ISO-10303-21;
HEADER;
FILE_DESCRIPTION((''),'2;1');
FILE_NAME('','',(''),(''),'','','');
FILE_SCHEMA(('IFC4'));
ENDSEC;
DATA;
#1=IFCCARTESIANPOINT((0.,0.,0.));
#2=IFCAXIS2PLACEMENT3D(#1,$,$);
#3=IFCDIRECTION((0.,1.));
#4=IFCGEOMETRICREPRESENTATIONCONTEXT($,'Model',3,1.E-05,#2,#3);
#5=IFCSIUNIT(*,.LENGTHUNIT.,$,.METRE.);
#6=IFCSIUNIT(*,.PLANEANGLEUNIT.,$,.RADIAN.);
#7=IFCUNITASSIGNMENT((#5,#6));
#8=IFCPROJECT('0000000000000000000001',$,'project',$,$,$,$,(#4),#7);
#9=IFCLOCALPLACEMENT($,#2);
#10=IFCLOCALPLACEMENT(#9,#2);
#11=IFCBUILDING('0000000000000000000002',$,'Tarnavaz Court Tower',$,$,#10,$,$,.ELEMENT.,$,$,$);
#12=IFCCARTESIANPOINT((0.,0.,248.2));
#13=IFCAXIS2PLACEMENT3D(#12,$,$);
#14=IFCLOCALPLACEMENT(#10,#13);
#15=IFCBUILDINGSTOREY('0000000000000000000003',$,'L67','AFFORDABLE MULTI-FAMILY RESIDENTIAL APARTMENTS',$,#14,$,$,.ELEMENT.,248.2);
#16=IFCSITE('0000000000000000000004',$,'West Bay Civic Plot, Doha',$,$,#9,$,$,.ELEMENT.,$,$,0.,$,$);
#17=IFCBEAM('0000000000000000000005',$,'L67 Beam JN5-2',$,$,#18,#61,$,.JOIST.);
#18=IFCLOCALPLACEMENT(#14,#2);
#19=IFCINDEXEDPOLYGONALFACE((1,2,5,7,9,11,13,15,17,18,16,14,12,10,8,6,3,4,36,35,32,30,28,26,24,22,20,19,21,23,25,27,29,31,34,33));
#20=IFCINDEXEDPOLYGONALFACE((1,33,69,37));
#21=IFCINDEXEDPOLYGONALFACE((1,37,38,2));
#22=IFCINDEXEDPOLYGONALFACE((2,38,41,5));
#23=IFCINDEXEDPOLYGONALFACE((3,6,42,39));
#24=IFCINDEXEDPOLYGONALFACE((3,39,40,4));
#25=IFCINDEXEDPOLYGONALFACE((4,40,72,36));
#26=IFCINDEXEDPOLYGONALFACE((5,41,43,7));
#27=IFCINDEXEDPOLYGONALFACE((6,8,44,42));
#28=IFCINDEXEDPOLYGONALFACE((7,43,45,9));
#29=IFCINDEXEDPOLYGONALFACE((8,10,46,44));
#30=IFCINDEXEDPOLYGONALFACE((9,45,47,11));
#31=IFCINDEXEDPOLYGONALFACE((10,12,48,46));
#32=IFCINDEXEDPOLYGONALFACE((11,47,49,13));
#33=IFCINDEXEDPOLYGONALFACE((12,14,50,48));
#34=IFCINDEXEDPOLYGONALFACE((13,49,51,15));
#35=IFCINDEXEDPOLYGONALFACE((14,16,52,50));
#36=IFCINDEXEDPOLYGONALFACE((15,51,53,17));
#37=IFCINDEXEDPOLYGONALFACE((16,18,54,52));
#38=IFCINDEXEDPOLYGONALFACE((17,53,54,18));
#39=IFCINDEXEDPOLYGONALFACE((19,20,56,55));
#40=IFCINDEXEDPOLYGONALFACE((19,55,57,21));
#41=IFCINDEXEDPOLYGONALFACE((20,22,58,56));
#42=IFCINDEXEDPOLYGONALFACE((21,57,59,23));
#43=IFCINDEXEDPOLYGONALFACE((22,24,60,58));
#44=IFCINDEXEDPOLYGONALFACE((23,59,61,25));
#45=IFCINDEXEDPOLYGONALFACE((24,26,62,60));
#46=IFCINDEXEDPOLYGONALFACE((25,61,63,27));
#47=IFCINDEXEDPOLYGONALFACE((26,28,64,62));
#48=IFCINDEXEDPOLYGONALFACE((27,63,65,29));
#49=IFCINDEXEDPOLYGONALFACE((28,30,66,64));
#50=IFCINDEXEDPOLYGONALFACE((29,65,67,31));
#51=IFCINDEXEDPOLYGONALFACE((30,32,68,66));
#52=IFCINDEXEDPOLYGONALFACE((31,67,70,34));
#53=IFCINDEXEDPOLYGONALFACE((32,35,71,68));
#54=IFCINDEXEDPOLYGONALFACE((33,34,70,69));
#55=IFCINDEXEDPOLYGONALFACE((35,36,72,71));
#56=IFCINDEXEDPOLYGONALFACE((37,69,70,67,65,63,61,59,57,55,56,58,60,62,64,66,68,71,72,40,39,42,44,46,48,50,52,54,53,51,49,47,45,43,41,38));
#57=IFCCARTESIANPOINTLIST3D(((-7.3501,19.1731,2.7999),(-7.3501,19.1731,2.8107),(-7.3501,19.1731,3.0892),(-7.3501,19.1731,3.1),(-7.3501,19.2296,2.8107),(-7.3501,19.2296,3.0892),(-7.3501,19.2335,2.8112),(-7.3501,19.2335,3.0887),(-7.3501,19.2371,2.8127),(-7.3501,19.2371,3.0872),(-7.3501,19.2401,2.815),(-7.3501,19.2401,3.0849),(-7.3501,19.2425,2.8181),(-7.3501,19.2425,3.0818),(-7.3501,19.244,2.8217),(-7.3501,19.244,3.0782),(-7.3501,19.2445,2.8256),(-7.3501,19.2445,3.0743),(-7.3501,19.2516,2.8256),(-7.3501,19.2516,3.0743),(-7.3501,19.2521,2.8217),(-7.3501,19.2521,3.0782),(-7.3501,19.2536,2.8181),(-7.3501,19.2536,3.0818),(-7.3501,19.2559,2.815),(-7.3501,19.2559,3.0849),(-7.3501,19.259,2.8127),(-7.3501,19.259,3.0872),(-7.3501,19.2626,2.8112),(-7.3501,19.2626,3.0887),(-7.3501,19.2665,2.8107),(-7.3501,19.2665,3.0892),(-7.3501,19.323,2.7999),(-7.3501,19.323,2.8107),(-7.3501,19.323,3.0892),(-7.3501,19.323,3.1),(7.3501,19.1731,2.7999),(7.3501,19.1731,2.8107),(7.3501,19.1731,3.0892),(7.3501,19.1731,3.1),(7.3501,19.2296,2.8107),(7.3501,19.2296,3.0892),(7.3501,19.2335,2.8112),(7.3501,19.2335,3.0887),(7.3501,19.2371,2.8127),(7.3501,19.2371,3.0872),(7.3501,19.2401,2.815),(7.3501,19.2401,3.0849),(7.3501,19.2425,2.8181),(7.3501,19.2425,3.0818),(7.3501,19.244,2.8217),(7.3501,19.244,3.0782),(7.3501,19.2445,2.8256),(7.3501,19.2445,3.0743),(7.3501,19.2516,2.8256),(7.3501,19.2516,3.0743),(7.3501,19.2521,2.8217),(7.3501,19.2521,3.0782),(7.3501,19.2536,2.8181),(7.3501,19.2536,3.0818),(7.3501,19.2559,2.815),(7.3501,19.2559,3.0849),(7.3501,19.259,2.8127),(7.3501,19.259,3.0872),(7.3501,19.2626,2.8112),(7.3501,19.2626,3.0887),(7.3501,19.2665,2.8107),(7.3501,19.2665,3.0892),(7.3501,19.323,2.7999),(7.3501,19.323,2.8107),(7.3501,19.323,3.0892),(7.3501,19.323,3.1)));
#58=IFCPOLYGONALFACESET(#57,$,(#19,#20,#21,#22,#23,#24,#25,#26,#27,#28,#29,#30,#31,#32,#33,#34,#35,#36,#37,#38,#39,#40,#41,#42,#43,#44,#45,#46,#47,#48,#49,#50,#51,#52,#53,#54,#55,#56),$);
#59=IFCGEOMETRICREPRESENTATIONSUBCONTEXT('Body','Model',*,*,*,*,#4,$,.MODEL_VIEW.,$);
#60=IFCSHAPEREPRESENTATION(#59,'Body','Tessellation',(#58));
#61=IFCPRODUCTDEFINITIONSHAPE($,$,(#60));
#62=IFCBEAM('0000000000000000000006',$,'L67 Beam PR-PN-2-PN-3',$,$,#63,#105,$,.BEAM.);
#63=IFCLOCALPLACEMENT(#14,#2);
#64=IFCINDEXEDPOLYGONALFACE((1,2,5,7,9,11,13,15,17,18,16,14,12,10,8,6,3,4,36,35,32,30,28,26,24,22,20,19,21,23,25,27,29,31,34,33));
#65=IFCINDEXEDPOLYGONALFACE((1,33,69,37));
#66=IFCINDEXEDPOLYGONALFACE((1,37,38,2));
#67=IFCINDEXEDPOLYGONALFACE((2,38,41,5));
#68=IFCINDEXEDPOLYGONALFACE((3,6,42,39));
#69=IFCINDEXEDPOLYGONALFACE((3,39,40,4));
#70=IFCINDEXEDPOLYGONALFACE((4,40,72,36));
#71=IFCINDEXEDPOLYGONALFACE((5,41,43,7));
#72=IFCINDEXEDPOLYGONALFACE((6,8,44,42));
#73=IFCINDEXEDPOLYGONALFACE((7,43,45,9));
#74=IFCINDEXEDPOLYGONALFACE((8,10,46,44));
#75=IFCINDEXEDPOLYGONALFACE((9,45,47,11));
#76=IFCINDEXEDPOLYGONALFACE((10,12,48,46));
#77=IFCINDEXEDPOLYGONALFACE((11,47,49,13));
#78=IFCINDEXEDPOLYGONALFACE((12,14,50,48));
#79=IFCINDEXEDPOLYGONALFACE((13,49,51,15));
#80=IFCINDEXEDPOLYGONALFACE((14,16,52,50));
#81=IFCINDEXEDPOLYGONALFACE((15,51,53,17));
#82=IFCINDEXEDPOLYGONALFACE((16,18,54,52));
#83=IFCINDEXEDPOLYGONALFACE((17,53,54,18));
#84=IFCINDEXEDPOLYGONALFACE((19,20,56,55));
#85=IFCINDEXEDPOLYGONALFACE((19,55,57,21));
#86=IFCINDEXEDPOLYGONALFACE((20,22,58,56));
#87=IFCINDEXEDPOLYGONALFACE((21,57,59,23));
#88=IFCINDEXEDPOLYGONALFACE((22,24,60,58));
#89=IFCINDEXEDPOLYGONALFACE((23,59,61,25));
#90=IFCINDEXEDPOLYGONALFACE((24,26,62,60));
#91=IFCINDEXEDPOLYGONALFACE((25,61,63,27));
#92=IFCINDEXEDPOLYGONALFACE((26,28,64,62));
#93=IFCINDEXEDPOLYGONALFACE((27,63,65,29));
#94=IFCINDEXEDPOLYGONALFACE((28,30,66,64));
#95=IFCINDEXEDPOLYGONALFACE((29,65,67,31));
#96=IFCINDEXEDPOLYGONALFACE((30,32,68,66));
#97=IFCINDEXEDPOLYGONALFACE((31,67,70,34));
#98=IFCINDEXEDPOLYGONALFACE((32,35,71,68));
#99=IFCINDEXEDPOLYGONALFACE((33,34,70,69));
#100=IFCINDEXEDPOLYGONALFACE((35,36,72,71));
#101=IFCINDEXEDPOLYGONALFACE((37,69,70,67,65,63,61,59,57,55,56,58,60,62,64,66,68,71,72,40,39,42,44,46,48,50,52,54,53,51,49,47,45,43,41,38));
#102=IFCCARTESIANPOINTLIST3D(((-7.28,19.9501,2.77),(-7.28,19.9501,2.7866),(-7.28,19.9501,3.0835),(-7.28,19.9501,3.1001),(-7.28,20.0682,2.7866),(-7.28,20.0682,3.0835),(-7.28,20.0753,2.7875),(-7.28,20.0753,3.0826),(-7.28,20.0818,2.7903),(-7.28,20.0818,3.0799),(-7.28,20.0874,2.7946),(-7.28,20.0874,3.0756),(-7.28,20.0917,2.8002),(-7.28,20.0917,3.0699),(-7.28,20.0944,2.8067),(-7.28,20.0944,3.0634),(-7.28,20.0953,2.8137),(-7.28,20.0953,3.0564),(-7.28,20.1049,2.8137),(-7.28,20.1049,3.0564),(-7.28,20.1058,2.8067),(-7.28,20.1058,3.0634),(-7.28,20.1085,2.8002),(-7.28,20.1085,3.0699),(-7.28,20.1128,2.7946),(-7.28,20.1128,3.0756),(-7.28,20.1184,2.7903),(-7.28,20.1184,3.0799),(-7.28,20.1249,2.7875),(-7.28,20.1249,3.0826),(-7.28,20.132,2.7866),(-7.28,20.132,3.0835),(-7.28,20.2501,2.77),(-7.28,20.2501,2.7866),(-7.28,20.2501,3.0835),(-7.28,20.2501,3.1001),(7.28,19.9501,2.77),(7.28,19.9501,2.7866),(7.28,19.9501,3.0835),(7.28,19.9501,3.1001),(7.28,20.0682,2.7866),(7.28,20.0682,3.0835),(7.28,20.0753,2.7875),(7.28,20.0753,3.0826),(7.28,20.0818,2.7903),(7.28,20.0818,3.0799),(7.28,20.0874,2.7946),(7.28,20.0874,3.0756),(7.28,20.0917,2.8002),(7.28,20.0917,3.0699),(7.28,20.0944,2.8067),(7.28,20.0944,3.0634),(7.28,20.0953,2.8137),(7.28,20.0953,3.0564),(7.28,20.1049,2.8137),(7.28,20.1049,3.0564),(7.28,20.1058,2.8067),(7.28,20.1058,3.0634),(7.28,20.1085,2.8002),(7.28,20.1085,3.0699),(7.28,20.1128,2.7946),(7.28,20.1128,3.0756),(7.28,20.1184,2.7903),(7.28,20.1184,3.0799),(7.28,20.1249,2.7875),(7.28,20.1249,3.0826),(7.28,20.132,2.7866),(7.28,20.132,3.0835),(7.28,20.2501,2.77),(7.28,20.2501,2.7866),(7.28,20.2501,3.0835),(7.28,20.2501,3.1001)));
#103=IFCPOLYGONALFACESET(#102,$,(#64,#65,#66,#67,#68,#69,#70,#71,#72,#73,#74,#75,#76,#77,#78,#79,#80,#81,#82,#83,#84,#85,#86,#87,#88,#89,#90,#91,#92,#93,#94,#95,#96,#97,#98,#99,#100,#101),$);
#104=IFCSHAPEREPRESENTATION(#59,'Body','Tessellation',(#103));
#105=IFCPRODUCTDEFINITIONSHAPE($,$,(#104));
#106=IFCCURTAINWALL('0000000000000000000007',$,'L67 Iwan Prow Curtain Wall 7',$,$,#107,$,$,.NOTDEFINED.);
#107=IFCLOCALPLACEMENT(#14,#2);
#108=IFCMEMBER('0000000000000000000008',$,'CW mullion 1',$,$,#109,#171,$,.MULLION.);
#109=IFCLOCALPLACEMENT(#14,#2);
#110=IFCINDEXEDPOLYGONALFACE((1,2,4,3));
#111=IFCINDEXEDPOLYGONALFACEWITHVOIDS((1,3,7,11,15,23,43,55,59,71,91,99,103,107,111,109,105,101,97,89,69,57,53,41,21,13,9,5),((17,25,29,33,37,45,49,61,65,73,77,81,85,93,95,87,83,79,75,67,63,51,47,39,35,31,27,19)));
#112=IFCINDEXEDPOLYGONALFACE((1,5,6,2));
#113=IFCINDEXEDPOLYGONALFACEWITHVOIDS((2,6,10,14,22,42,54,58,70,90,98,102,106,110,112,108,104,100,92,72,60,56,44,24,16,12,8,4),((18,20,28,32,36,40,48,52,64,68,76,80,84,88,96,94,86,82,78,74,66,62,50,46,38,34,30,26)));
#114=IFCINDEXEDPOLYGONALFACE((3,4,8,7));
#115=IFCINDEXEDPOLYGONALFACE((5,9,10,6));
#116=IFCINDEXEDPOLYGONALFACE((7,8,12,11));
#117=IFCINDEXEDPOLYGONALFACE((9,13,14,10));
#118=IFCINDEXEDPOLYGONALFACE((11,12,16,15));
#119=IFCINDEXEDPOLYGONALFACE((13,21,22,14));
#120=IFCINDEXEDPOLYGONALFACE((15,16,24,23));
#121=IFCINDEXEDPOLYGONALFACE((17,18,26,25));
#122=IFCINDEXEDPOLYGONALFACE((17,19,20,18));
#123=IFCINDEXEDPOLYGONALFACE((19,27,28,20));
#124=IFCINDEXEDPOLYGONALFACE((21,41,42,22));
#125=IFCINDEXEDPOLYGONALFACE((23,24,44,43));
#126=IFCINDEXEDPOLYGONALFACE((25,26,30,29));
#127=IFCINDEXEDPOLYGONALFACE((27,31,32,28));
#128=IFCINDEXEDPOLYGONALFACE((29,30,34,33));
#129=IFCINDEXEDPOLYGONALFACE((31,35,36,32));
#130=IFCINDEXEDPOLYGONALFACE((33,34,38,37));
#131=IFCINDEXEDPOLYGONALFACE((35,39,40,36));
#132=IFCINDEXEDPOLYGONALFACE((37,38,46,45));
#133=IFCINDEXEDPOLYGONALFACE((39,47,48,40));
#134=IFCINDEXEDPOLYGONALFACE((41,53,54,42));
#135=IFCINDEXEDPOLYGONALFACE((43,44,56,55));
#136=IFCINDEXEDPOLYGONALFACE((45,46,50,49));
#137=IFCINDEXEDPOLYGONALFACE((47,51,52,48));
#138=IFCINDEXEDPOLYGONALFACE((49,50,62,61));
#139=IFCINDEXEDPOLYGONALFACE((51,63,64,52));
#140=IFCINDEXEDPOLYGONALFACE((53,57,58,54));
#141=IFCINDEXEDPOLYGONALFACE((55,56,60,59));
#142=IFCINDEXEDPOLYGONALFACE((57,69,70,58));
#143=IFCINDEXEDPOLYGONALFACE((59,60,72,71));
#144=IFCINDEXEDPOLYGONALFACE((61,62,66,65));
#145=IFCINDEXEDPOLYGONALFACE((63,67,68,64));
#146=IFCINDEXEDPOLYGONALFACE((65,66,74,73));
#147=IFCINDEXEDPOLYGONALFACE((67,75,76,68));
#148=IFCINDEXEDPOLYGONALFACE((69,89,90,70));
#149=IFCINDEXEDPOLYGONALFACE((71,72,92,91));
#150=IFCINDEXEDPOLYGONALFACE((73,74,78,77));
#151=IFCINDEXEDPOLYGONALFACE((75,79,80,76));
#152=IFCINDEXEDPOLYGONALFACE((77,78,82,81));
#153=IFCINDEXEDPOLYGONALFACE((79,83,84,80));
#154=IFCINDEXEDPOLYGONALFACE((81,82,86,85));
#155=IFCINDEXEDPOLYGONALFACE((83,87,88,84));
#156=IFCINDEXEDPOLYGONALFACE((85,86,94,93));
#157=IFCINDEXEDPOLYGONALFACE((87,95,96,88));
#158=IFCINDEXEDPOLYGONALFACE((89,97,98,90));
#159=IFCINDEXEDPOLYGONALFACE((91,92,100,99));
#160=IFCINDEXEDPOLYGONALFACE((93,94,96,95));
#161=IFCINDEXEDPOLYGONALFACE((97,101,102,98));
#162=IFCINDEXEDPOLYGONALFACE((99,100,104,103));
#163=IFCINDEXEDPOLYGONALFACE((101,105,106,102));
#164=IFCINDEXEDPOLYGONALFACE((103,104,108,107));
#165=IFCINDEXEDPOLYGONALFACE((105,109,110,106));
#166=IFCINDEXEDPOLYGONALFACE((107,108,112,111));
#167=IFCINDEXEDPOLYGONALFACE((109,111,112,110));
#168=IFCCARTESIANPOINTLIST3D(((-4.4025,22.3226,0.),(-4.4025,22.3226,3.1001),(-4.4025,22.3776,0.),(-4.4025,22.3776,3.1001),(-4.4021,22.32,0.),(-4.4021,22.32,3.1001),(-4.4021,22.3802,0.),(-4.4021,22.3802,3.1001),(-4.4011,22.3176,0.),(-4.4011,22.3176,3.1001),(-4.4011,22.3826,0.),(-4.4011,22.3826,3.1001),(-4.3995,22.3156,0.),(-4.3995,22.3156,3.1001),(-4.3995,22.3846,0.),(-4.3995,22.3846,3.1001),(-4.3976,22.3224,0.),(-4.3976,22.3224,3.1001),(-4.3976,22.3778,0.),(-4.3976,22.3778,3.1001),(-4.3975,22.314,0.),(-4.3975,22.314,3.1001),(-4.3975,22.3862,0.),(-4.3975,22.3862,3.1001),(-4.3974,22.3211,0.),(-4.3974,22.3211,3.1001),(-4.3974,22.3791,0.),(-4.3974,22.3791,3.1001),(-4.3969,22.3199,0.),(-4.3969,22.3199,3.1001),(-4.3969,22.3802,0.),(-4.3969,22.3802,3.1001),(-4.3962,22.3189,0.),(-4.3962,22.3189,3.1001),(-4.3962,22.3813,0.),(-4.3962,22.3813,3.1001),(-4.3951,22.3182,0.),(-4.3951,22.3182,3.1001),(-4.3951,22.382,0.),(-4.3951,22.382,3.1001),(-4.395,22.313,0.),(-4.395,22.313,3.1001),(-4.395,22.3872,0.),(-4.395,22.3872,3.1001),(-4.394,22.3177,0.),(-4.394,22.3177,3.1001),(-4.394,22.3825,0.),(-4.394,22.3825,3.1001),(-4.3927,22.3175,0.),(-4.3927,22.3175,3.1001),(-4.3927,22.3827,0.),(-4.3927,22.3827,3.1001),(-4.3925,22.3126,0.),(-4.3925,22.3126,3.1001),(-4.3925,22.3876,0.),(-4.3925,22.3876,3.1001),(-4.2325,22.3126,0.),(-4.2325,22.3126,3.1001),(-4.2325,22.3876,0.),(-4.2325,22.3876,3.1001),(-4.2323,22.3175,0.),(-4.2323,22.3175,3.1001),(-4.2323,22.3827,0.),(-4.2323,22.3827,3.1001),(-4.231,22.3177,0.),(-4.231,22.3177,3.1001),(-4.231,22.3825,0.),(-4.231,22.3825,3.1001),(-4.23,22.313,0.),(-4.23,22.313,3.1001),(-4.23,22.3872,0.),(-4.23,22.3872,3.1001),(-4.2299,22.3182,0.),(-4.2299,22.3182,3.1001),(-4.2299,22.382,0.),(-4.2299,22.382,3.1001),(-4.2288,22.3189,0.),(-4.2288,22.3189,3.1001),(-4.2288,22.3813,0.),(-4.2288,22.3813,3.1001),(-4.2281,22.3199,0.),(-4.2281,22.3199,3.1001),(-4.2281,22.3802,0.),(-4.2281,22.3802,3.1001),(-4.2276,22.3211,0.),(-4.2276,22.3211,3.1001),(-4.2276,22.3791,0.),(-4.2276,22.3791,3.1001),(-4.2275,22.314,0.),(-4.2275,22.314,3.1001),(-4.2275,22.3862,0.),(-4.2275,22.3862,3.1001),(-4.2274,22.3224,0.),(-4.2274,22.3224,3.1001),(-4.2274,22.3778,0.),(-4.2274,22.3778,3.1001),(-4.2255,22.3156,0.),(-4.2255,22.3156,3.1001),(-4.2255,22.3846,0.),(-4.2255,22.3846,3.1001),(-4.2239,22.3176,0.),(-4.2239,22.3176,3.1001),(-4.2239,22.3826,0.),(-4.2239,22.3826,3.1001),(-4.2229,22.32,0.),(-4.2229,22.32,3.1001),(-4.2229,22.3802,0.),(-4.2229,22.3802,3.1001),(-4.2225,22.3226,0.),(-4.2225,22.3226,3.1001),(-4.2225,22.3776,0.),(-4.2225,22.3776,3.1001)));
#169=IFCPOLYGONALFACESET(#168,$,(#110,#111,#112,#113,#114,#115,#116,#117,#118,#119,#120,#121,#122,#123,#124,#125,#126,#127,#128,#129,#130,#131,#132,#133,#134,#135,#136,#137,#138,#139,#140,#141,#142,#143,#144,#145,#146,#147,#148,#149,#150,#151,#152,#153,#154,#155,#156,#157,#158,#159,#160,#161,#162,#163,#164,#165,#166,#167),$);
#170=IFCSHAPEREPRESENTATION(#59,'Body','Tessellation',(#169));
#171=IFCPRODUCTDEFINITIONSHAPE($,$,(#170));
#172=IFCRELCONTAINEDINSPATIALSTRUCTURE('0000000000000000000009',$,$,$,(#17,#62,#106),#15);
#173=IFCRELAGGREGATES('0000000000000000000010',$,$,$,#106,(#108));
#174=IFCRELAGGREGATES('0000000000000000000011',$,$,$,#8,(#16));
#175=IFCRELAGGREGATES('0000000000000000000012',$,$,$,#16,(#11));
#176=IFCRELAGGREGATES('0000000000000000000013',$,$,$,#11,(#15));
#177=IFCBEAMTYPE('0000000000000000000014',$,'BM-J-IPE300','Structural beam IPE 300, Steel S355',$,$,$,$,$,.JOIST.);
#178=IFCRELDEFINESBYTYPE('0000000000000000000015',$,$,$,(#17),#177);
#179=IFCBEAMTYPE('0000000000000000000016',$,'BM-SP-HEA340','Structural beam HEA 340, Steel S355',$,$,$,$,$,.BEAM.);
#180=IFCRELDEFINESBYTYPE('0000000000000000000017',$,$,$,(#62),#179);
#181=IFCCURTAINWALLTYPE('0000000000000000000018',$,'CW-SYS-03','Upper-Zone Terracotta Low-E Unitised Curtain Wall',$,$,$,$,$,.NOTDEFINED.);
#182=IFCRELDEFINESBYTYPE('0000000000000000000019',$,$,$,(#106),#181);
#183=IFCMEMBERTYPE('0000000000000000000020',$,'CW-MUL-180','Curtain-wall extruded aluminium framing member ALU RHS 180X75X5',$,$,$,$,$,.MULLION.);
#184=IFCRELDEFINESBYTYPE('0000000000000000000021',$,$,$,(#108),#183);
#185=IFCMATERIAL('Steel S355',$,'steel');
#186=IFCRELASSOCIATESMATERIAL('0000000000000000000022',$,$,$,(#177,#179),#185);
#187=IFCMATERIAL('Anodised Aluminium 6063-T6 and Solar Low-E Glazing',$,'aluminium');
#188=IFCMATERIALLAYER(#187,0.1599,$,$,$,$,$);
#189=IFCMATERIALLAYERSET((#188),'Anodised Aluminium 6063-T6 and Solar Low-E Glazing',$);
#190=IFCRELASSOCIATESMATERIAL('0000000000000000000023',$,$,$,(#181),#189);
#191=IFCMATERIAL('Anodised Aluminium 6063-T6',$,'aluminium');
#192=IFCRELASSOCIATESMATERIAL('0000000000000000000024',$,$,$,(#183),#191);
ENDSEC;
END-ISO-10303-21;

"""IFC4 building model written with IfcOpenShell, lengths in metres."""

from ifc_helpers import new_model, si_unit, direction, frame, origin, origin_2d, place, context, subcontext, project, spatial, hollow_rectangle, i_section, extrude, material, layer, layer_set, material_profile, profile_set, type_object, element, aggregate, save


model = new_model("IFC4")

# Units and contexts
model_context = context("Model", 3, precision=1e-05, world=origin(), true_north=direction((0.0, 1.0)))
body_context = subcontext(model_context, "Body", "Model", "MODEL_VIEW")
ifc_project = project(units=[si_unit("LENGTHUNIT", "METRE"), si_unit("PLANEANGLEUNIT", "RADIAN")], contexts=[model_context])

# Site, building, storey
site_placement = place(None, origin())
site = spatial("IfcSite", under=ifc_project, at=site_placement, Name="West Bay Civic Plot, Doha", CompositionType="ELEMENT", RefElevation=0.0)
building_placement = place(site_placement, origin())
building = spatial("IfcBuilding", under=site, at=building_placement, Name="Tarnavaz Court Tower", CompositionType="ELEMENT")
storey_placement = place(building_placement, frame((0.0, 0.0, 248.2)))
storey = spatial("IfcBuildingStorey", under=building, at=storey_placement, Name="L67", Description="AFFORDABLE MULTI-FAMILY RESIDENTIAL APARTMENTS", CompositionType="ELEMENT", Elevation=248.2)

# Beams
ifc_material_1 = material(Name="Steel S355", Category="steel")
ifc_material_profile_1 = material_profile(ifc_material_1, i_section(OverallWidth=0.1499, OverallDepth=0.3, WebThickness=0.0071, FlangeThickness=0.0107, FilletRadius=0.0149, at=origin_2d()), Name="IPE 300")
ifc_profile_set_1 = profile_set([ifc_material_profile_1], Name="Steel S355")
beam_type_1 = type_object("IfcBeamType", Name="BM-J-IPE300", Description="Structural beam IPE 300, Steel S355", PredefinedType="JOIST", material=ifc_profile_set_1)
for number, where, z_axis, x_axis, name in (
    (1, (-7.3501, 19.248, 2.95), (1.0, 0.0, 0.0), (0.0, 1.0, 0.0), "L67 Beam JN5-2"),
):
    element("IfcBeam", number, at=place(storey_placement, frame(where, z_axis=z_axis, x_axis=x_axis)), inside=storey, type_object=beam_type_1, Name=name, PredefinedType="JOIST", context=body_context, shape_type="SweptSolid", body=[
        extrude(i_section(OverallWidth=0.1499, OverallDepth=0.3, WebThickness=0.0071, FlangeThickness=0.0107, FilletRadius=0.0149, at=origin_2d()), origin(), (0.0, 0.0, 1.0), 14.7002),
    ])
ifc_material_profile_2 = material_profile(ifc_material_1, i_section(OverallWidth=0.3, OverallDepth=0.3301, WebThickness=0.0095, FlangeThickness=0.0166, FilletRadius=0.0271, at=origin_2d()), Name="HEA 340")
ifc_profile_set_2 = profile_set([ifc_material_profile_2], Name="Steel S355")
beam_type_2 = type_object("IfcBeamType", Name="BM-SP-HEA340", Description="Structural beam HEA 340, Steel S355", PredefinedType="BEAM", material=ifc_profile_set_2)
beam_placement = place(storey_placement, frame((-7.28, 20.1001, 2.9351), z_axis=(1.0, 0.0, 0.0), x_axis=(0.0, 1.0, 0.0)))
element("IfcBeam", 2, at=beam_placement, inside=storey, type_object=beam_type_2, Name="L67 Beam PR-PN-2-PN-3", PredefinedType="BEAM", context=body_context, shape_type="SweptSolid", body=[
    extrude(i_section(OverallWidth=0.3, OverallDepth=0.3301, WebThickness=0.0095, FlangeThickness=0.0166, FilletRadius=0.0271, at=origin_2d()), origin(), (0.0, 0.0, 1.0), 14.5601),
])

# Curtain wall, member
ifc_material_2 = material(Name="Anodised Aluminium 6063-T6 and Solar Low-E Glazing", Category="aluminium")
ifc_layer_1 = layer(ifc_material_2, 0.1599)
ifc_layer_set_1 = layer_set([ifc_layer_1], Name="Anodised Aluminium 6063-T6 and Solar Low-E Glazing")
curtain_wall_type = type_object("IfcCurtainWallType", Name="CW-SYS-03", Description="Upper-Zone Terracotta Low-E Unitised Curtain Wall", PredefinedType="NOTDEFINED", material=ifc_layer_set_1)
curtain_wall_placement = place(storey_placement, origin())
curtain_wall = element("IfcCurtainWall", 3, at=curtain_wall_placement, inside=storey, type_object=curtain_wall_type, Name="L67 Iwan Prow Curtain Wall 7", PredefinedType="NOTDEFINED")
ifc_material_3 = material(Name="Anodised Aluminium 6063-T6", Category="aluminium")
ifc_material_profile_3 = material_profile(ifc_material_3, hollow_rectangle(XDim=0.075, YDim=0.1799, WallThickness=0.0049, InnerFilletRadius=0.0049, OuterFilletRadius=0.01, at=origin_2d()), Name="ALU RHS 180X75X5")
ifc_profile_set_3 = profile_set([ifc_material_profile_3], Name="Anodised Aluminium 6063-T6")
member_type_1 = type_object("IfcMemberType", Name="CW-MUL-180", Description="Curtain-wall extruded aluminium framing member ALU RHS 180X75X5", PredefinedType="MULLION", material=ifc_profile_set_3)
member_1_placement = place(storey_placement, frame((-4.3125, 22.3501, 0.0), z_axis=(0.0, 0.0, 1.0), x_axis=(0.0, 1.0, 0.0)))
member_1 = element("IfcMember", 4, at=member_1_placement, type_object=member_type_1, Name="CW mullion 1", PredefinedType="MULLION", context=body_context, shape_type="SweptSolid", body=[
    extrude(hollow_rectangle(XDim=0.075, YDim=0.1799, WallThickness=0.0049, InnerFilletRadius=0.0049, OuterFilletRadius=0.01, at=origin_2d()), origin(), (0.0, 0.0, 1.0), 3.1001),
])
aggregate(curtain_wall, [member_1])

save(model, "model.ifc")
